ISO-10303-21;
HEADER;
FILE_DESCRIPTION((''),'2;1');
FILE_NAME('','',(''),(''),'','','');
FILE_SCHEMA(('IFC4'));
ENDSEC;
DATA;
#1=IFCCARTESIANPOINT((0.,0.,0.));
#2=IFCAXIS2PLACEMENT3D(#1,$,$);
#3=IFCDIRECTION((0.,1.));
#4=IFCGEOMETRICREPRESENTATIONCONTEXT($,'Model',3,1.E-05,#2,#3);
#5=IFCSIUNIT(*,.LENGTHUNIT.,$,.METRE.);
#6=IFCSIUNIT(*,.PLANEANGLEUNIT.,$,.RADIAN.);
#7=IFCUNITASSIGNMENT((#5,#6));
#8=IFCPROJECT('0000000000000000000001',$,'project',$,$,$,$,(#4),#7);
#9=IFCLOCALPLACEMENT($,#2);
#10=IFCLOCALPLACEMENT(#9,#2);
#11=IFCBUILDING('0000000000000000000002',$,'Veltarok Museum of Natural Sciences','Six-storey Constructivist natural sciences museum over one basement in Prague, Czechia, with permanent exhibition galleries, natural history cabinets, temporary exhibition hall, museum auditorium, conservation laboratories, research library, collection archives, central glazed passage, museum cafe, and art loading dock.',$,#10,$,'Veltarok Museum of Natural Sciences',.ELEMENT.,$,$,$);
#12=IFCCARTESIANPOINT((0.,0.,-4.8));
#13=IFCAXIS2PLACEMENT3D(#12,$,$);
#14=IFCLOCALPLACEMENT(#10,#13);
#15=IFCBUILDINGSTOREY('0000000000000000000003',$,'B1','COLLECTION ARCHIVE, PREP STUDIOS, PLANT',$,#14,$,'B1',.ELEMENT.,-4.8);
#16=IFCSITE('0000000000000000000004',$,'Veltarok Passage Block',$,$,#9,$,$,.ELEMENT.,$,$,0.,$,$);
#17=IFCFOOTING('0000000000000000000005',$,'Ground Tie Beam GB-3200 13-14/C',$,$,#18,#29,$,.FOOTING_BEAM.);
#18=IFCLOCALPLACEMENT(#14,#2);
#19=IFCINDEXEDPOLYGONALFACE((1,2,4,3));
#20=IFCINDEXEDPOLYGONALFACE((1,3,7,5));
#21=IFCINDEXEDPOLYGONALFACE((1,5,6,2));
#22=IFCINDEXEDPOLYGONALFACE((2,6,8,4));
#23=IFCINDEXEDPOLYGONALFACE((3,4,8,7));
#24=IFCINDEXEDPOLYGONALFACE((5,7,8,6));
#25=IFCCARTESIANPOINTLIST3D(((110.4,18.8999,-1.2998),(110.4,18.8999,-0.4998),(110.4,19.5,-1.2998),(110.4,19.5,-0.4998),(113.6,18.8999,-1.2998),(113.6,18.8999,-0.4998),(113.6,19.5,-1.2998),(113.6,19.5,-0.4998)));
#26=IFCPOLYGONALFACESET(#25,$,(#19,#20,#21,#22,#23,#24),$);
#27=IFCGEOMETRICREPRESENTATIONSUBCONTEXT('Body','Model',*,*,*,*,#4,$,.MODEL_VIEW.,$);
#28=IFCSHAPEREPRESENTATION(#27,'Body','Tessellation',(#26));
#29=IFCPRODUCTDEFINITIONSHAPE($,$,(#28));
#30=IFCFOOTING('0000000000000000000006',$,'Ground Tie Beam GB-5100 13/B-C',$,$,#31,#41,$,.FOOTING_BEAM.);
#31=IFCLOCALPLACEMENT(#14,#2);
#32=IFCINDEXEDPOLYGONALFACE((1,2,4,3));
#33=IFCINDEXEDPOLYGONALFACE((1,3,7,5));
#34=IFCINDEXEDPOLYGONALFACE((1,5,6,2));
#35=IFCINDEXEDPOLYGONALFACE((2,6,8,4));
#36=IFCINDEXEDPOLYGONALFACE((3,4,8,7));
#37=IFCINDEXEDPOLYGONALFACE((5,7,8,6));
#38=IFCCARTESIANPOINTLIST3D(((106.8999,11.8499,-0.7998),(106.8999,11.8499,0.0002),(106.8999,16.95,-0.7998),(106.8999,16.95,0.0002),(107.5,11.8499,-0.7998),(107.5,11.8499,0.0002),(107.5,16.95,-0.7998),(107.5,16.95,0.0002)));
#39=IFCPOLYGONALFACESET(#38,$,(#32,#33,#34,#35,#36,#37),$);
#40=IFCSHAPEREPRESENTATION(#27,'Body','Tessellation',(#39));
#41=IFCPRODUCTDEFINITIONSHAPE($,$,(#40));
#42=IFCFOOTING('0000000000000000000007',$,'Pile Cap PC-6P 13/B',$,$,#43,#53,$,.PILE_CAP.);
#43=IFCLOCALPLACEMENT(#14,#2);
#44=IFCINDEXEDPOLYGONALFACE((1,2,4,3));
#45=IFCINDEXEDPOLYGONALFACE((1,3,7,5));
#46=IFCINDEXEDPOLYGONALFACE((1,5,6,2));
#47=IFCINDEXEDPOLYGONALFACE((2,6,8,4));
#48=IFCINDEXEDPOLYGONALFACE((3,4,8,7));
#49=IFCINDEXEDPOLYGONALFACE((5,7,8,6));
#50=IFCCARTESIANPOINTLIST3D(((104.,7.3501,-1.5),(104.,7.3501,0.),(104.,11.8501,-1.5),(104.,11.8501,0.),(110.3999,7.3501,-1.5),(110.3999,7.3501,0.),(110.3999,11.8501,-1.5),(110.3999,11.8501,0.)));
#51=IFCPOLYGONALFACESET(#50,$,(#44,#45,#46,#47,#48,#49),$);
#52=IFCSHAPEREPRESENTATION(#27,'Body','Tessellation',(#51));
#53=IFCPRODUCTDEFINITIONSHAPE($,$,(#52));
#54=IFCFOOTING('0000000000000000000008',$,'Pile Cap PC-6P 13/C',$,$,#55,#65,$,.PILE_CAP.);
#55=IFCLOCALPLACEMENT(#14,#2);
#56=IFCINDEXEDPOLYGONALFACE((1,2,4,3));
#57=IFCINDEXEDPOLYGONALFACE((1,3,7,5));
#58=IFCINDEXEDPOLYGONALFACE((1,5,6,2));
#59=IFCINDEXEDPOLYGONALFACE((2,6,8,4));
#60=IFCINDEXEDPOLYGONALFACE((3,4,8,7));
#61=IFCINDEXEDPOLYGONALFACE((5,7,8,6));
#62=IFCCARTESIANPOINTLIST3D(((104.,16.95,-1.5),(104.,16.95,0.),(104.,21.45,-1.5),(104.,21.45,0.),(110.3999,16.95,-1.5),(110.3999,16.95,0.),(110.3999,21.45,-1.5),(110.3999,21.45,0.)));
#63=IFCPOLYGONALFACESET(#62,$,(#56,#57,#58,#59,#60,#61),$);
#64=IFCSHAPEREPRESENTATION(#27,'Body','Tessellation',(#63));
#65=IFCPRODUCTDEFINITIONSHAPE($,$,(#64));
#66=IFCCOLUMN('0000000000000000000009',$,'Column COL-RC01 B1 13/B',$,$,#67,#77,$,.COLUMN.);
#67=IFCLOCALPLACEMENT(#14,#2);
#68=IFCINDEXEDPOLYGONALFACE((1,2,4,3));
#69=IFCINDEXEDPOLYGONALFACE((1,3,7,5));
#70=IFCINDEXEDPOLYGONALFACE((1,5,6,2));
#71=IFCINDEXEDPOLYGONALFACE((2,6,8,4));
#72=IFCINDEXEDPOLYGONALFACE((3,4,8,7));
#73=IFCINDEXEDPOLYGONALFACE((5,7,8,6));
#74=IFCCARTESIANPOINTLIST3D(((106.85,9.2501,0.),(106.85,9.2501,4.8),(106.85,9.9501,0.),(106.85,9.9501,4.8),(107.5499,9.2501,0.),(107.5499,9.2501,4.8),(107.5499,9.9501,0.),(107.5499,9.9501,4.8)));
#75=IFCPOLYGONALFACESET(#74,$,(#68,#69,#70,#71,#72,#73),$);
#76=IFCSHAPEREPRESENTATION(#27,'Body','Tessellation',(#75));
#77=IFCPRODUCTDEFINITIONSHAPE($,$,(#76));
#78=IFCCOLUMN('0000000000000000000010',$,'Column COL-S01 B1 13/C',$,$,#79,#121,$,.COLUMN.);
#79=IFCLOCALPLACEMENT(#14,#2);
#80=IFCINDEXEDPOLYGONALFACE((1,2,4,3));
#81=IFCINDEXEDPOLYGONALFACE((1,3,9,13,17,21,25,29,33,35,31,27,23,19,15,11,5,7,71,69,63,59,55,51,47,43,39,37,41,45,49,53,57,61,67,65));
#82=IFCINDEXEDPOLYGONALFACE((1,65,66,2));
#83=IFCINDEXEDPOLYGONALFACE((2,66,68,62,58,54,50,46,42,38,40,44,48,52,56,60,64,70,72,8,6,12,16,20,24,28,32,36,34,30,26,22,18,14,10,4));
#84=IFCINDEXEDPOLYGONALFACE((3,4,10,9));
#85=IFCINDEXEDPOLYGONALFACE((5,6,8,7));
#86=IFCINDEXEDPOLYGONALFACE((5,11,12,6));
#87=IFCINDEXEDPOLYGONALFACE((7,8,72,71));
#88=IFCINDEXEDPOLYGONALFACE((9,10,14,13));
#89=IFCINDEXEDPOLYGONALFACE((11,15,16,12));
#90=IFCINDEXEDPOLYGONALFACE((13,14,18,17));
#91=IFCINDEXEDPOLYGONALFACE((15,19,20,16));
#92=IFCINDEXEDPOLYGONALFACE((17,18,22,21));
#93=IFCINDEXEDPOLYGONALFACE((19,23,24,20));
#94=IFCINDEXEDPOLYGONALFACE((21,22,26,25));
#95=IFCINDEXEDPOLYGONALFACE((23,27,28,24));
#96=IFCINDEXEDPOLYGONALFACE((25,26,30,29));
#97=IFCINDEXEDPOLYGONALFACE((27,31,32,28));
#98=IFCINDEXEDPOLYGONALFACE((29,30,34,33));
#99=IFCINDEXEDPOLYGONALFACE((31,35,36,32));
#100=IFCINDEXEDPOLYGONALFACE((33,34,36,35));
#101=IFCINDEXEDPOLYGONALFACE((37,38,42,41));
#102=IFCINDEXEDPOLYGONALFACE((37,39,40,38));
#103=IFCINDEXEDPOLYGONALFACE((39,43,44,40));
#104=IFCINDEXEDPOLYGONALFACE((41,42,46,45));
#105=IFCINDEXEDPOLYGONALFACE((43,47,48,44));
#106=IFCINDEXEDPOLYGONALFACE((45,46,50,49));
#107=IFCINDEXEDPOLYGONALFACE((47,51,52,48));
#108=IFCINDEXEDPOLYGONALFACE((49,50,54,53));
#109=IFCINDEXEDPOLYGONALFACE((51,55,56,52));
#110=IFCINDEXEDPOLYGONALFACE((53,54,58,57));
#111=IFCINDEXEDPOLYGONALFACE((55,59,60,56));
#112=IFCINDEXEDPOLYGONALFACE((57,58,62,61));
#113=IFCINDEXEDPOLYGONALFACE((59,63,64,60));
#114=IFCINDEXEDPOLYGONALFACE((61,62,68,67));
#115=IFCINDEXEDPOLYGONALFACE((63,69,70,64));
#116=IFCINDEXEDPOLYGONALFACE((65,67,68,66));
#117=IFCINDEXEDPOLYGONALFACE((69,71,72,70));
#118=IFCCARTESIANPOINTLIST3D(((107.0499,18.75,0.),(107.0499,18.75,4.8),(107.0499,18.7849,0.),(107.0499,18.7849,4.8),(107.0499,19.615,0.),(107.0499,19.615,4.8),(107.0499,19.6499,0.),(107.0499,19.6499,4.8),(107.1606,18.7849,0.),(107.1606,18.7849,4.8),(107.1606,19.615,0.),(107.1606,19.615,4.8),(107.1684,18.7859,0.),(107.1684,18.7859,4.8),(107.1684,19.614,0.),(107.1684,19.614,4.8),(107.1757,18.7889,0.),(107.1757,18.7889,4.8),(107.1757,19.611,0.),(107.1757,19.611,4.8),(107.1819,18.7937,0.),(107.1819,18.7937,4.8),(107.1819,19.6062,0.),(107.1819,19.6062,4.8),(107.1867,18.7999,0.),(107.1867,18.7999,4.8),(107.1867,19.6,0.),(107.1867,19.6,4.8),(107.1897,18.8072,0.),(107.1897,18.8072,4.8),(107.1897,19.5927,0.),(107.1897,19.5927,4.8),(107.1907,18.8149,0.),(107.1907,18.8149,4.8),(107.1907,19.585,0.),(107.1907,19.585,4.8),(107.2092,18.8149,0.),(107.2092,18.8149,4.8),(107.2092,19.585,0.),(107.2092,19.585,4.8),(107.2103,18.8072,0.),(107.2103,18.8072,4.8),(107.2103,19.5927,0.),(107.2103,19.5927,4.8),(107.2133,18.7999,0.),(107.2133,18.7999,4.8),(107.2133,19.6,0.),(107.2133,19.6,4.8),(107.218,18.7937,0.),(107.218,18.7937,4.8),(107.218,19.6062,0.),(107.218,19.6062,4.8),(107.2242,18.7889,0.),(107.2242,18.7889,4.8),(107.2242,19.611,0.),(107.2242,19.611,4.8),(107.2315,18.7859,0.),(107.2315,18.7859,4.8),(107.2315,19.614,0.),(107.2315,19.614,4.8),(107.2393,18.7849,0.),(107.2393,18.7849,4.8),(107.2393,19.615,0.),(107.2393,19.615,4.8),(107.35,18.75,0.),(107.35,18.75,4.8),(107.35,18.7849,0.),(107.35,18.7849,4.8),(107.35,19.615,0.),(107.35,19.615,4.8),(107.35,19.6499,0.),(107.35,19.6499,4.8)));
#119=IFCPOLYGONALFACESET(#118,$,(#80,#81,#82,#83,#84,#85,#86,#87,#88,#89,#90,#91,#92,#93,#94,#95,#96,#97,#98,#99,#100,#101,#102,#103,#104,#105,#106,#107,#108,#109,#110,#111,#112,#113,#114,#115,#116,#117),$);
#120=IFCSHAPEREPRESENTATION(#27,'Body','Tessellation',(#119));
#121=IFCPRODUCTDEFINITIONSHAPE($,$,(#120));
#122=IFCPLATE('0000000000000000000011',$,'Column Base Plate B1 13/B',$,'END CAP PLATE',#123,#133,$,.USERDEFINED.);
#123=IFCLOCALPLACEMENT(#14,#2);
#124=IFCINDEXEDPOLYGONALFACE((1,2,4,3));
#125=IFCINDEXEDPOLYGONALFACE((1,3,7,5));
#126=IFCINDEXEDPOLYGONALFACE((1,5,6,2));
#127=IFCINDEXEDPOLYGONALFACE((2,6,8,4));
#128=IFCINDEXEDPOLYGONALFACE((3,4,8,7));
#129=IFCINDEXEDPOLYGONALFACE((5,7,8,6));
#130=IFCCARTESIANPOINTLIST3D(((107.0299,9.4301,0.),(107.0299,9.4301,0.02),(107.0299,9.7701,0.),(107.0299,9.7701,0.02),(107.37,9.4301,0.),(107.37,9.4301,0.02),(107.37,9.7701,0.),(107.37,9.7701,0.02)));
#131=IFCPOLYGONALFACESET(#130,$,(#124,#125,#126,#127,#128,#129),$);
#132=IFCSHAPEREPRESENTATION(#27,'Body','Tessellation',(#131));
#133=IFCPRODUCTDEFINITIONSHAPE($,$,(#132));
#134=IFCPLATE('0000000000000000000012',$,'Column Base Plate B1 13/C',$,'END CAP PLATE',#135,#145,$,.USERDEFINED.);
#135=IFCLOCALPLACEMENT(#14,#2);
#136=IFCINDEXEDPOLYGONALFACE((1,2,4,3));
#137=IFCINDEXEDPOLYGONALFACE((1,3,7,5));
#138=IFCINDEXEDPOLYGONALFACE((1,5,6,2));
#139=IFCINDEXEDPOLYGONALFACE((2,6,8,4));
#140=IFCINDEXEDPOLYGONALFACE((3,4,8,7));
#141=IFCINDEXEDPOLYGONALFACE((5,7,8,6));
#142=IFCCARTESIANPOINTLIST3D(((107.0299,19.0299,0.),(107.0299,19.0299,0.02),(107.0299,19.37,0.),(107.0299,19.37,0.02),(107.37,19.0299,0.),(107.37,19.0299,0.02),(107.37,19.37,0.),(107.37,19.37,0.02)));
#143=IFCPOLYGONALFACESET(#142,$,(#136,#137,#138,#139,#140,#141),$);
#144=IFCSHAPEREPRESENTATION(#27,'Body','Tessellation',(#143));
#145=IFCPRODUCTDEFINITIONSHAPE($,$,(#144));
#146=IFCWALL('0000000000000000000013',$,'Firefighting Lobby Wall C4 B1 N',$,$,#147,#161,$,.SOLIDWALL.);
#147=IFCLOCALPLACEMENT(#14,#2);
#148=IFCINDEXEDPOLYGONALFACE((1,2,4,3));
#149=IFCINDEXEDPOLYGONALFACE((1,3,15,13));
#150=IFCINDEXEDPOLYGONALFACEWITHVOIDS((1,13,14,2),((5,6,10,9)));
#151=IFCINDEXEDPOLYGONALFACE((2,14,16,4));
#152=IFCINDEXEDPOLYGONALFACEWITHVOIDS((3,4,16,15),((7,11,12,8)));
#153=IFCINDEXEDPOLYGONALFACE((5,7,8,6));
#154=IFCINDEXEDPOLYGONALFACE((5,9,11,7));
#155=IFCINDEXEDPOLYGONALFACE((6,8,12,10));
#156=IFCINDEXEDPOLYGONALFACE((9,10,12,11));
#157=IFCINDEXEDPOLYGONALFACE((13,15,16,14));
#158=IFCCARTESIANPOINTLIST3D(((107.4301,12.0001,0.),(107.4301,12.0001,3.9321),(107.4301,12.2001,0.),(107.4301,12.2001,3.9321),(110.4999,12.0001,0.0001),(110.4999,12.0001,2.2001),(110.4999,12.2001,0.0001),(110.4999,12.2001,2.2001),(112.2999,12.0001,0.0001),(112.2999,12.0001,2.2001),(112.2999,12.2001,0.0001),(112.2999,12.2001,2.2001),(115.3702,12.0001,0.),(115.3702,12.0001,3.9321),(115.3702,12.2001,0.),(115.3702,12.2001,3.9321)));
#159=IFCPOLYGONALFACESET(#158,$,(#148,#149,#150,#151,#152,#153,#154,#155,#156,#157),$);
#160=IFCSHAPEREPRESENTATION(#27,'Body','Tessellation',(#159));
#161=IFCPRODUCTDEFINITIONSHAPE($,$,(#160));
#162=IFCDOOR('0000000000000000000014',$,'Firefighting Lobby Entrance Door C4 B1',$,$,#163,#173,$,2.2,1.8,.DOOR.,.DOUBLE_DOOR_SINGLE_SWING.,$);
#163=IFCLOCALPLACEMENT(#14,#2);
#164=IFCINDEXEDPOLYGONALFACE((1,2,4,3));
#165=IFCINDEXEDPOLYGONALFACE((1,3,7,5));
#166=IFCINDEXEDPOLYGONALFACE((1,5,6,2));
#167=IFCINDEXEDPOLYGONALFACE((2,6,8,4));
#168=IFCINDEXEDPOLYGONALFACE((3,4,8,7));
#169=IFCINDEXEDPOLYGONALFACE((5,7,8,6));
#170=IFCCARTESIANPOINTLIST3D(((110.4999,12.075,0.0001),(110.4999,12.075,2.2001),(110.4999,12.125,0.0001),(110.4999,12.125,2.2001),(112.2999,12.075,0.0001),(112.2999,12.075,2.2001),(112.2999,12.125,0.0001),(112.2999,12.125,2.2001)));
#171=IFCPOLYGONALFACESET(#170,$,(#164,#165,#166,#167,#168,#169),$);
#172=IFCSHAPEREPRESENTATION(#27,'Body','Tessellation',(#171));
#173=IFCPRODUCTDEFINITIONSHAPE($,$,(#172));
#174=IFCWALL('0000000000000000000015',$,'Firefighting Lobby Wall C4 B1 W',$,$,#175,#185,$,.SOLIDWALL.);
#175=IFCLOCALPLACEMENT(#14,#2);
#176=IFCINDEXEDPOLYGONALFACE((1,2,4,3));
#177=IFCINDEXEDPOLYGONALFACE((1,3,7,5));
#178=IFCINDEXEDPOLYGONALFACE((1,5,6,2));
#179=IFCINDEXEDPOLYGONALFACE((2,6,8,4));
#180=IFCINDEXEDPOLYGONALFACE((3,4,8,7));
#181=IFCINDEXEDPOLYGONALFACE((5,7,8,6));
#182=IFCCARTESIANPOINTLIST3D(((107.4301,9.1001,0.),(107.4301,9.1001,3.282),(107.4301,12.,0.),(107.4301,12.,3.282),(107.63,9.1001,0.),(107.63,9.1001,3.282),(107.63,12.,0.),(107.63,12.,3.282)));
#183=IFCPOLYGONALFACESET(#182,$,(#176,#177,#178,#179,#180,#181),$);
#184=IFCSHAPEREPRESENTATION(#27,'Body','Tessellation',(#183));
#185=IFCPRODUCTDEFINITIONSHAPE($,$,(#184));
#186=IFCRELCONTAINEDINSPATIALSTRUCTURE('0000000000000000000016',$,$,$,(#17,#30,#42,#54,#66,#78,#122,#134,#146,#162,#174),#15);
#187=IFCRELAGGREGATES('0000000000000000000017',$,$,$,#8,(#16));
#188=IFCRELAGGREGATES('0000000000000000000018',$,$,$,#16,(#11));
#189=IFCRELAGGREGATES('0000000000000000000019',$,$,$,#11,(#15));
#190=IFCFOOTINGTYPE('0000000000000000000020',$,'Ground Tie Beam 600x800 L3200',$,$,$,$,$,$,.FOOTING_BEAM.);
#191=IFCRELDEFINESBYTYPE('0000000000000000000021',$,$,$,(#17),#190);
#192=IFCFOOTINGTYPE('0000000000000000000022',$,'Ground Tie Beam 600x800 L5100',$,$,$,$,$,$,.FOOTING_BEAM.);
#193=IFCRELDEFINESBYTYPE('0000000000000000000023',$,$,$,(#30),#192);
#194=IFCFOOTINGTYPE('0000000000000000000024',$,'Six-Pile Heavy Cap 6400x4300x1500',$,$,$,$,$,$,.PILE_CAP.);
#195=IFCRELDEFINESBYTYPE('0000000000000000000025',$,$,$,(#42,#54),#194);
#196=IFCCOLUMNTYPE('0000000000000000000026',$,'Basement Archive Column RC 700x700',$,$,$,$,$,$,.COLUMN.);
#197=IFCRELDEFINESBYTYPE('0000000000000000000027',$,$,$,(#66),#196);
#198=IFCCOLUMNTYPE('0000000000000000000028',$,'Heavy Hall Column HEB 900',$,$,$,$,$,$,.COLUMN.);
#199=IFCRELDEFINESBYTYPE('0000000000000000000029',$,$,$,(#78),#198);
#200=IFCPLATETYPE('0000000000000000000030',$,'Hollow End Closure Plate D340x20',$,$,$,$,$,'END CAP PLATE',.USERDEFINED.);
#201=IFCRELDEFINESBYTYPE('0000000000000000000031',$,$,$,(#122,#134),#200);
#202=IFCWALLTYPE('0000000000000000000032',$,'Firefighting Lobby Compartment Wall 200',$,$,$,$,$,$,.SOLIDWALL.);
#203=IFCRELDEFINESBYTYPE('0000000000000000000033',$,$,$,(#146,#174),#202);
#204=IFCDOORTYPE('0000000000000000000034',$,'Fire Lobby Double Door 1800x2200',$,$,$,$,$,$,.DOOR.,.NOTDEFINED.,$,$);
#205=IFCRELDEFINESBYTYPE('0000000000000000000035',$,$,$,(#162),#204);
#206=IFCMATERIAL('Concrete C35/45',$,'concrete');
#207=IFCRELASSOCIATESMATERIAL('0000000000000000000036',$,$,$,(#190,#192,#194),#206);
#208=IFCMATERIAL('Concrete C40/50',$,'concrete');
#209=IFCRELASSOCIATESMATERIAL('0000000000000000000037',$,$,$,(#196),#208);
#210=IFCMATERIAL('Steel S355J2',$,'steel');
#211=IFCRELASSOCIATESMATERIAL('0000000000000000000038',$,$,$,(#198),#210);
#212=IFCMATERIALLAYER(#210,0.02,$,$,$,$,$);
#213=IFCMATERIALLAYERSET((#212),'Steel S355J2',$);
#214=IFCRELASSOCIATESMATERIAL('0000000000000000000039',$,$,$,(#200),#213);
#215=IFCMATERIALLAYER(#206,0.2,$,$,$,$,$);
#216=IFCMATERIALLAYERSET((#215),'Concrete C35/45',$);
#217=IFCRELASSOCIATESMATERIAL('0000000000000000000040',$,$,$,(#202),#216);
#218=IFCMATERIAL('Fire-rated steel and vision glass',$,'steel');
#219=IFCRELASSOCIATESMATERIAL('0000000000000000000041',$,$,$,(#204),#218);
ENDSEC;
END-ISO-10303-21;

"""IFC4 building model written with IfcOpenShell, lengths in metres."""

from ifc_helpers import new_model, si_unit, direction, frame, frame_2d, origin, origin_2d, place, context, subcontext, project, spatial, rectangle, i_section, extrude, material, layer, layer_set, material_profile, profile_set, type_object, element, fill, save


model = new_model("IFC4")

# Units and contexts
model_context = context("Model", 3, precision=1e-05, world=origin(), true_north=direction((0.0, 1.0)))
body_context = subcontext(model_context, "Body", "Model", "MODEL_VIEW")
ifc_project = project(units=[si_unit("LENGTHUNIT", "METRE"), si_unit("PLANEANGLEUNIT", "RADIAN")], contexts=[model_context])

# Site, building, storey
site_placement = place(None, origin())
site = spatial("IfcSite", under=ifc_project, at=site_placement, Name="Veltarok Passage Block", CompositionType="ELEMENT", RefElevation=0.0)
building_placement = place(site_placement, origin())
building = spatial("IfcBuilding", under=site, at=building_placement, Name="Veltarok Museum of Natural Sciences", Description="Six-storey Constructivist natural sciences museum over one basement in Prague, Czechia, with permanent exhibition galleries, natural history cabinets, temporary exhibition hall, museum auditorium, conservation laboratories, research library, collection archives, central glazed passage, museum cafe, and art loading dock.", LongName="Veltarok Museum of Natural Sciences", CompositionType="ELEMENT")
storey_placement = place(building_placement, frame((0.0, 0.0, -4.8)))
storey = spatial("IfcBuildingStorey", under=building, at=storey_placement, Name="B1", Description="COLLECTION ARCHIVE, PREP STUDIOS, PLANT", LongName="B1", CompositionType="ELEMENT", Elevation=-4.8)

# Shared definitions
ifc_material_1 = material(Name="Concrete C35/45", Category="concrete")

# Footings
footing_type_1 = type_object("IfcFootingType", Name="Ground Tie Beam 600x800 L3200", PredefinedType="FOOTING_BEAM", material=ifc_material_1)
for number, where, z_axis, x_axis, name in (
    (1, (112.0, 19.2, -1.2998), (0.0, 0.0, 1.0), (1.0, 0.0, 0.0), "Ground Tie Beam GB-3200 13-14/C"),
):
    element("IfcFooting", number, at=place(storey_placement, frame(where, z_axis=z_axis, x_axis=x_axis)), inside=storey, type_object=footing_type_1, Name=name, PredefinedType="FOOTING_BEAM", context=body_context, shape_type="SweptSolid", body=[
        extrude(rectangle(XDim=3.2, YDim=0.6001, at=origin_2d()), origin(), (0.0, 0.0, 1.0), 0.8),
    ])
footing_type_2 = type_object("IfcFootingType", Name="Ground Tie Beam 600x800 L5100", PredefinedType="FOOTING_BEAM", material=ifc_material_1)
footing_1_placement = place(storey_placement, frame((107.2, 14.3999, -0.7998), z_axis=(0.0, 0.0, 1.0), x_axis=(0.0, 1.0, 0.0)))
element("IfcFooting", 2, at=footing_1_placement, inside=storey, type_object=footing_type_2, Name="Ground Tie Beam GB-5100 13/B-C", PredefinedType="FOOTING_BEAM", context=body_context, shape_type="SweptSolid", body=[
    extrude(rectangle(XDim=5.1001, YDim=0.6001, at=origin_2d()), origin(), (0.0, 0.0, 1.0), 0.8),
])
footing_type_3 = type_object("IfcFootingType", Name="Six-Pile Heavy Cap 6400x4300x1500", PredefinedType="PILE_CAP", material=ifc_material_1)
for number, where, z_axis, x_axis, name in (
    (3, (107.2, 9.6001, -1.5), (0.0, 0.0, 1.0), (1.0, 0.0, 0.0), "Pile Cap PC-6P 13/B"),
    (4, (107.2, 19.2, -1.5), (0.0, 0.0, 1.0), (1.0, 0.0, 0.0), "Pile Cap PC-6P 13/C"),
):
    element("IfcFooting", number, at=place(storey_placement, frame(where, z_axis=z_axis, x_axis=x_axis)), inside=storey, type_object=footing_type_3, Name=name, PredefinedType="PILE_CAP", context=body_context, shape_type="SweptSolid", body=[
        extrude(rectangle(XDim=6.3999, YDim=4.5, at=origin_2d()), origin(), (0.0, 0.0, 1.0), 1.5),
    ])

# Columns
ifc_material_2 = material(Name="Concrete C40/50", Category="concrete")
ifc_material_profile_1 = material_profile(ifc_material_2, rectangle(XDim=0.7, YDim=0.7, at=origin_2d()), Name="RC 700x700")
ifc_profile_set_1 = profile_set([ifc_material_profile_1], Name="Concrete C40/50")
column_type_1 = type_object("IfcColumnType", Name="Basement Archive Column RC 700x700", PredefinedType="COLUMN", material=ifc_profile_set_1)
column_1_placement = place(storey_placement, frame((107.2, 9.6001, 0.0), z_axis=(0.0, 0.0, 1.0), x_axis=(0.0, 1.0, 0.0)))
element("IfcColumn", 5, at=column_1_placement, inside=storey, type_object=column_type_1, Name="Column COL-RC01 B1 13/B", PredefinedType="COLUMN", context=body_context, shape_type="SweptSolid", body=[
    extrude(rectangle(XDim=0.7, YDim=0.7, at=origin_2d()), origin(), (0.0, 0.0, 1.0), 4.8),
])
ifc_material_3 = material(Name="Steel S355J2", Category="steel")
ifc_material_profile_2 = material_profile(ifc_material_3, i_section(OverallWidth=0.3, OverallDepth=0.8999, WebThickness=0.0186, FlangeThickness=0.0349, FilletRadius=0.03, at=origin_2d()), Name="HEB 900")
ifc_profile_set_2 = profile_set([ifc_material_profile_2], Name="Steel S355J2")
column_type_2 = type_object("IfcColumnType", Name="Heavy Hall Column HEB 900", PredefinedType="COLUMN", material=ifc_profile_set_2)
column_2_placement = place(storey_placement, frame((107.2, 19.2, 0.0), z_axis=(0.0, 0.0, 1.0), x_axis=(1.0, 0.0, 0.0)))
element("IfcColumn", 6, at=column_2_placement, inside=storey, type_object=column_type_2, Name="Column COL-S01 B1 13/C", PredefinedType="COLUMN", context=body_context, shape_type="SweptSolid", body=[
    extrude(i_section(OverallWidth=0.3, OverallDepth=0.8999, WebThickness=0.0186, FlangeThickness=0.0349, FilletRadius=0.03, at=origin_2d()), origin(), (0.0, 0.0, 1.0), 4.8),
])

# Plates
ifc_layer_1 = layer(ifc_material_3, 0.02)
ifc_layer_set_1 = layer_set([ifc_layer_1], Name="Steel S355J2")
plate_type = type_object("IfcPlateType", Name="Hollow End Closure Plate D340x20", ElementType="END CAP PLATE", PredefinedType="USERDEFINED", material=ifc_layer_set_1)
for number, where, z_axis, x_axis, name in (
    (7, (107.2, 9.6001, 0.0), (0.0, 0.0, 1.0), (1.0, 0.0, 0.0), "Column Base Plate B1 13/B"),
    (8, (107.2, 19.2, 0.0), (0.0, 0.0, 1.0), (1.0, 0.0, 0.0), "Column Base Plate B1 13/C"),
):
    element("IfcPlate", number, at=place(storey_placement, frame(where, z_axis=z_axis, x_axis=x_axis)), inside=storey, type_object=plate_type, Name=name, ObjectType="END CAP PLATE", PredefinedType="USERDEFINED", context=body_context, shape_type="SweptSolid", body=[
        extrude(rectangle(XDim=0.3401, YDim=0.3401, at=origin_2d()), origin(), (0.0, 0.0, 1.0), 0.02),
    ])

# Wall, opening, door
ifc_layer_2 = layer(ifc_material_1, 0.2)
ifc_layer_set_2 = layer_set([ifc_layer_2], Name="Concrete C35/45")
wall_type_1 = type_object("IfcWallType", Name="Firefighting Lobby Compartment Wall 200", PredefinedType="SOLIDWALL", material=ifc_layer_set_2)
wall_1_placement = place(storey_placement, frame((107.4299, 12.1001, 0.0), z_axis=(0.0, 0.0, 1.0), x_axis=(1.0, 0.0, 0.0)))
wall_1 = element("IfcWall", 9, at=wall_1_placement, inside=storey, type_object=wall_type_1, Name="Firefighting Lobby Wall C4 B1 N", PredefinedType="SOLIDWALL", context=body_context, shape_type="SweptSolid", body=[
    extrude(rectangle(XDim=7.9402, YDim=0.2, at=frame_2d((3.9702, 0.0))), origin(), (0.0, 0.0, 1.0), 3.9321),
])
opening_placement = place(wall_1_placement, frame((3.0701, 0.0, 0.0)))
opening = element("IfcOpeningElement", 10, at=opening_placement, cuts=wall_1, PredefinedType="OPENING", context=body_context, shape_type="SweptSolid", body=[
    extrude(rectangle(XDim=1.8, YDim=2.2, at=frame_2d((0.8999, 1.1001))), frame((0.0, 0.1099, 0.0), z_axis=(0.0, -1.0, 0.0), x_axis=(1.0, 0.0, 0.0)), (0.0, 0.0, 1.0), 0.22),
])
ifc_material_4 = material(Name="Fire-rated steel and vision glass", Category="steel")
door_type = type_object("IfcDoorType", Name="Fire Lobby Double Door 1800x2200", OperationType="NOTDEFINED", PredefinedType="DOOR", material=ifc_material_4)
door_placement = place(opening_placement, origin())
door = element("IfcDoor", 11, at=door_placement, inside=storey, type_object=door_type, Name="Firefighting Lobby Entrance Door C4 B1", OperationType="DOUBLE_DOOR_SINGLE_SWING", OverallHeight=2.2, OverallWidth=1.8, PredefinedType="DOOR", context=body_context, shape_type="SweptSolid", body=[
    extrude(rectangle(XDim=1.8, YDim=2.2, at=frame_2d((0.8999, 1.1001))), frame((0.0, 0.0249, 0.0), z_axis=(0.0, -1.0, 0.0), x_axis=(1.0, 0.0, 0.0)), (0.0, 0.0, 1.0), 0.05),
])
fill(opening, door)

# Wall
wall_2_placement = place(storey_placement, frame((107.53, 9.1001, 0.0), z_axis=(0.0, 0.0, 1.0), x_axis=(0.0, 1.0, 0.0)))
element("IfcWall", 12, at=wall_2_placement, inside=storey, type_object=wall_type_1, Name="Firefighting Lobby Wall C4 B1 W", PredefinedType="SOLIDWALL", context=body_context, shape_type="SweptSolid", body=[
    extrude(rectangle(XDim=2.8999, YDim=0.2, at=frame_2d((1.45, 0.0))), origin(), (0.0, 0.0, 1.0), 3.282),
])

save(model, "model.ifc")
